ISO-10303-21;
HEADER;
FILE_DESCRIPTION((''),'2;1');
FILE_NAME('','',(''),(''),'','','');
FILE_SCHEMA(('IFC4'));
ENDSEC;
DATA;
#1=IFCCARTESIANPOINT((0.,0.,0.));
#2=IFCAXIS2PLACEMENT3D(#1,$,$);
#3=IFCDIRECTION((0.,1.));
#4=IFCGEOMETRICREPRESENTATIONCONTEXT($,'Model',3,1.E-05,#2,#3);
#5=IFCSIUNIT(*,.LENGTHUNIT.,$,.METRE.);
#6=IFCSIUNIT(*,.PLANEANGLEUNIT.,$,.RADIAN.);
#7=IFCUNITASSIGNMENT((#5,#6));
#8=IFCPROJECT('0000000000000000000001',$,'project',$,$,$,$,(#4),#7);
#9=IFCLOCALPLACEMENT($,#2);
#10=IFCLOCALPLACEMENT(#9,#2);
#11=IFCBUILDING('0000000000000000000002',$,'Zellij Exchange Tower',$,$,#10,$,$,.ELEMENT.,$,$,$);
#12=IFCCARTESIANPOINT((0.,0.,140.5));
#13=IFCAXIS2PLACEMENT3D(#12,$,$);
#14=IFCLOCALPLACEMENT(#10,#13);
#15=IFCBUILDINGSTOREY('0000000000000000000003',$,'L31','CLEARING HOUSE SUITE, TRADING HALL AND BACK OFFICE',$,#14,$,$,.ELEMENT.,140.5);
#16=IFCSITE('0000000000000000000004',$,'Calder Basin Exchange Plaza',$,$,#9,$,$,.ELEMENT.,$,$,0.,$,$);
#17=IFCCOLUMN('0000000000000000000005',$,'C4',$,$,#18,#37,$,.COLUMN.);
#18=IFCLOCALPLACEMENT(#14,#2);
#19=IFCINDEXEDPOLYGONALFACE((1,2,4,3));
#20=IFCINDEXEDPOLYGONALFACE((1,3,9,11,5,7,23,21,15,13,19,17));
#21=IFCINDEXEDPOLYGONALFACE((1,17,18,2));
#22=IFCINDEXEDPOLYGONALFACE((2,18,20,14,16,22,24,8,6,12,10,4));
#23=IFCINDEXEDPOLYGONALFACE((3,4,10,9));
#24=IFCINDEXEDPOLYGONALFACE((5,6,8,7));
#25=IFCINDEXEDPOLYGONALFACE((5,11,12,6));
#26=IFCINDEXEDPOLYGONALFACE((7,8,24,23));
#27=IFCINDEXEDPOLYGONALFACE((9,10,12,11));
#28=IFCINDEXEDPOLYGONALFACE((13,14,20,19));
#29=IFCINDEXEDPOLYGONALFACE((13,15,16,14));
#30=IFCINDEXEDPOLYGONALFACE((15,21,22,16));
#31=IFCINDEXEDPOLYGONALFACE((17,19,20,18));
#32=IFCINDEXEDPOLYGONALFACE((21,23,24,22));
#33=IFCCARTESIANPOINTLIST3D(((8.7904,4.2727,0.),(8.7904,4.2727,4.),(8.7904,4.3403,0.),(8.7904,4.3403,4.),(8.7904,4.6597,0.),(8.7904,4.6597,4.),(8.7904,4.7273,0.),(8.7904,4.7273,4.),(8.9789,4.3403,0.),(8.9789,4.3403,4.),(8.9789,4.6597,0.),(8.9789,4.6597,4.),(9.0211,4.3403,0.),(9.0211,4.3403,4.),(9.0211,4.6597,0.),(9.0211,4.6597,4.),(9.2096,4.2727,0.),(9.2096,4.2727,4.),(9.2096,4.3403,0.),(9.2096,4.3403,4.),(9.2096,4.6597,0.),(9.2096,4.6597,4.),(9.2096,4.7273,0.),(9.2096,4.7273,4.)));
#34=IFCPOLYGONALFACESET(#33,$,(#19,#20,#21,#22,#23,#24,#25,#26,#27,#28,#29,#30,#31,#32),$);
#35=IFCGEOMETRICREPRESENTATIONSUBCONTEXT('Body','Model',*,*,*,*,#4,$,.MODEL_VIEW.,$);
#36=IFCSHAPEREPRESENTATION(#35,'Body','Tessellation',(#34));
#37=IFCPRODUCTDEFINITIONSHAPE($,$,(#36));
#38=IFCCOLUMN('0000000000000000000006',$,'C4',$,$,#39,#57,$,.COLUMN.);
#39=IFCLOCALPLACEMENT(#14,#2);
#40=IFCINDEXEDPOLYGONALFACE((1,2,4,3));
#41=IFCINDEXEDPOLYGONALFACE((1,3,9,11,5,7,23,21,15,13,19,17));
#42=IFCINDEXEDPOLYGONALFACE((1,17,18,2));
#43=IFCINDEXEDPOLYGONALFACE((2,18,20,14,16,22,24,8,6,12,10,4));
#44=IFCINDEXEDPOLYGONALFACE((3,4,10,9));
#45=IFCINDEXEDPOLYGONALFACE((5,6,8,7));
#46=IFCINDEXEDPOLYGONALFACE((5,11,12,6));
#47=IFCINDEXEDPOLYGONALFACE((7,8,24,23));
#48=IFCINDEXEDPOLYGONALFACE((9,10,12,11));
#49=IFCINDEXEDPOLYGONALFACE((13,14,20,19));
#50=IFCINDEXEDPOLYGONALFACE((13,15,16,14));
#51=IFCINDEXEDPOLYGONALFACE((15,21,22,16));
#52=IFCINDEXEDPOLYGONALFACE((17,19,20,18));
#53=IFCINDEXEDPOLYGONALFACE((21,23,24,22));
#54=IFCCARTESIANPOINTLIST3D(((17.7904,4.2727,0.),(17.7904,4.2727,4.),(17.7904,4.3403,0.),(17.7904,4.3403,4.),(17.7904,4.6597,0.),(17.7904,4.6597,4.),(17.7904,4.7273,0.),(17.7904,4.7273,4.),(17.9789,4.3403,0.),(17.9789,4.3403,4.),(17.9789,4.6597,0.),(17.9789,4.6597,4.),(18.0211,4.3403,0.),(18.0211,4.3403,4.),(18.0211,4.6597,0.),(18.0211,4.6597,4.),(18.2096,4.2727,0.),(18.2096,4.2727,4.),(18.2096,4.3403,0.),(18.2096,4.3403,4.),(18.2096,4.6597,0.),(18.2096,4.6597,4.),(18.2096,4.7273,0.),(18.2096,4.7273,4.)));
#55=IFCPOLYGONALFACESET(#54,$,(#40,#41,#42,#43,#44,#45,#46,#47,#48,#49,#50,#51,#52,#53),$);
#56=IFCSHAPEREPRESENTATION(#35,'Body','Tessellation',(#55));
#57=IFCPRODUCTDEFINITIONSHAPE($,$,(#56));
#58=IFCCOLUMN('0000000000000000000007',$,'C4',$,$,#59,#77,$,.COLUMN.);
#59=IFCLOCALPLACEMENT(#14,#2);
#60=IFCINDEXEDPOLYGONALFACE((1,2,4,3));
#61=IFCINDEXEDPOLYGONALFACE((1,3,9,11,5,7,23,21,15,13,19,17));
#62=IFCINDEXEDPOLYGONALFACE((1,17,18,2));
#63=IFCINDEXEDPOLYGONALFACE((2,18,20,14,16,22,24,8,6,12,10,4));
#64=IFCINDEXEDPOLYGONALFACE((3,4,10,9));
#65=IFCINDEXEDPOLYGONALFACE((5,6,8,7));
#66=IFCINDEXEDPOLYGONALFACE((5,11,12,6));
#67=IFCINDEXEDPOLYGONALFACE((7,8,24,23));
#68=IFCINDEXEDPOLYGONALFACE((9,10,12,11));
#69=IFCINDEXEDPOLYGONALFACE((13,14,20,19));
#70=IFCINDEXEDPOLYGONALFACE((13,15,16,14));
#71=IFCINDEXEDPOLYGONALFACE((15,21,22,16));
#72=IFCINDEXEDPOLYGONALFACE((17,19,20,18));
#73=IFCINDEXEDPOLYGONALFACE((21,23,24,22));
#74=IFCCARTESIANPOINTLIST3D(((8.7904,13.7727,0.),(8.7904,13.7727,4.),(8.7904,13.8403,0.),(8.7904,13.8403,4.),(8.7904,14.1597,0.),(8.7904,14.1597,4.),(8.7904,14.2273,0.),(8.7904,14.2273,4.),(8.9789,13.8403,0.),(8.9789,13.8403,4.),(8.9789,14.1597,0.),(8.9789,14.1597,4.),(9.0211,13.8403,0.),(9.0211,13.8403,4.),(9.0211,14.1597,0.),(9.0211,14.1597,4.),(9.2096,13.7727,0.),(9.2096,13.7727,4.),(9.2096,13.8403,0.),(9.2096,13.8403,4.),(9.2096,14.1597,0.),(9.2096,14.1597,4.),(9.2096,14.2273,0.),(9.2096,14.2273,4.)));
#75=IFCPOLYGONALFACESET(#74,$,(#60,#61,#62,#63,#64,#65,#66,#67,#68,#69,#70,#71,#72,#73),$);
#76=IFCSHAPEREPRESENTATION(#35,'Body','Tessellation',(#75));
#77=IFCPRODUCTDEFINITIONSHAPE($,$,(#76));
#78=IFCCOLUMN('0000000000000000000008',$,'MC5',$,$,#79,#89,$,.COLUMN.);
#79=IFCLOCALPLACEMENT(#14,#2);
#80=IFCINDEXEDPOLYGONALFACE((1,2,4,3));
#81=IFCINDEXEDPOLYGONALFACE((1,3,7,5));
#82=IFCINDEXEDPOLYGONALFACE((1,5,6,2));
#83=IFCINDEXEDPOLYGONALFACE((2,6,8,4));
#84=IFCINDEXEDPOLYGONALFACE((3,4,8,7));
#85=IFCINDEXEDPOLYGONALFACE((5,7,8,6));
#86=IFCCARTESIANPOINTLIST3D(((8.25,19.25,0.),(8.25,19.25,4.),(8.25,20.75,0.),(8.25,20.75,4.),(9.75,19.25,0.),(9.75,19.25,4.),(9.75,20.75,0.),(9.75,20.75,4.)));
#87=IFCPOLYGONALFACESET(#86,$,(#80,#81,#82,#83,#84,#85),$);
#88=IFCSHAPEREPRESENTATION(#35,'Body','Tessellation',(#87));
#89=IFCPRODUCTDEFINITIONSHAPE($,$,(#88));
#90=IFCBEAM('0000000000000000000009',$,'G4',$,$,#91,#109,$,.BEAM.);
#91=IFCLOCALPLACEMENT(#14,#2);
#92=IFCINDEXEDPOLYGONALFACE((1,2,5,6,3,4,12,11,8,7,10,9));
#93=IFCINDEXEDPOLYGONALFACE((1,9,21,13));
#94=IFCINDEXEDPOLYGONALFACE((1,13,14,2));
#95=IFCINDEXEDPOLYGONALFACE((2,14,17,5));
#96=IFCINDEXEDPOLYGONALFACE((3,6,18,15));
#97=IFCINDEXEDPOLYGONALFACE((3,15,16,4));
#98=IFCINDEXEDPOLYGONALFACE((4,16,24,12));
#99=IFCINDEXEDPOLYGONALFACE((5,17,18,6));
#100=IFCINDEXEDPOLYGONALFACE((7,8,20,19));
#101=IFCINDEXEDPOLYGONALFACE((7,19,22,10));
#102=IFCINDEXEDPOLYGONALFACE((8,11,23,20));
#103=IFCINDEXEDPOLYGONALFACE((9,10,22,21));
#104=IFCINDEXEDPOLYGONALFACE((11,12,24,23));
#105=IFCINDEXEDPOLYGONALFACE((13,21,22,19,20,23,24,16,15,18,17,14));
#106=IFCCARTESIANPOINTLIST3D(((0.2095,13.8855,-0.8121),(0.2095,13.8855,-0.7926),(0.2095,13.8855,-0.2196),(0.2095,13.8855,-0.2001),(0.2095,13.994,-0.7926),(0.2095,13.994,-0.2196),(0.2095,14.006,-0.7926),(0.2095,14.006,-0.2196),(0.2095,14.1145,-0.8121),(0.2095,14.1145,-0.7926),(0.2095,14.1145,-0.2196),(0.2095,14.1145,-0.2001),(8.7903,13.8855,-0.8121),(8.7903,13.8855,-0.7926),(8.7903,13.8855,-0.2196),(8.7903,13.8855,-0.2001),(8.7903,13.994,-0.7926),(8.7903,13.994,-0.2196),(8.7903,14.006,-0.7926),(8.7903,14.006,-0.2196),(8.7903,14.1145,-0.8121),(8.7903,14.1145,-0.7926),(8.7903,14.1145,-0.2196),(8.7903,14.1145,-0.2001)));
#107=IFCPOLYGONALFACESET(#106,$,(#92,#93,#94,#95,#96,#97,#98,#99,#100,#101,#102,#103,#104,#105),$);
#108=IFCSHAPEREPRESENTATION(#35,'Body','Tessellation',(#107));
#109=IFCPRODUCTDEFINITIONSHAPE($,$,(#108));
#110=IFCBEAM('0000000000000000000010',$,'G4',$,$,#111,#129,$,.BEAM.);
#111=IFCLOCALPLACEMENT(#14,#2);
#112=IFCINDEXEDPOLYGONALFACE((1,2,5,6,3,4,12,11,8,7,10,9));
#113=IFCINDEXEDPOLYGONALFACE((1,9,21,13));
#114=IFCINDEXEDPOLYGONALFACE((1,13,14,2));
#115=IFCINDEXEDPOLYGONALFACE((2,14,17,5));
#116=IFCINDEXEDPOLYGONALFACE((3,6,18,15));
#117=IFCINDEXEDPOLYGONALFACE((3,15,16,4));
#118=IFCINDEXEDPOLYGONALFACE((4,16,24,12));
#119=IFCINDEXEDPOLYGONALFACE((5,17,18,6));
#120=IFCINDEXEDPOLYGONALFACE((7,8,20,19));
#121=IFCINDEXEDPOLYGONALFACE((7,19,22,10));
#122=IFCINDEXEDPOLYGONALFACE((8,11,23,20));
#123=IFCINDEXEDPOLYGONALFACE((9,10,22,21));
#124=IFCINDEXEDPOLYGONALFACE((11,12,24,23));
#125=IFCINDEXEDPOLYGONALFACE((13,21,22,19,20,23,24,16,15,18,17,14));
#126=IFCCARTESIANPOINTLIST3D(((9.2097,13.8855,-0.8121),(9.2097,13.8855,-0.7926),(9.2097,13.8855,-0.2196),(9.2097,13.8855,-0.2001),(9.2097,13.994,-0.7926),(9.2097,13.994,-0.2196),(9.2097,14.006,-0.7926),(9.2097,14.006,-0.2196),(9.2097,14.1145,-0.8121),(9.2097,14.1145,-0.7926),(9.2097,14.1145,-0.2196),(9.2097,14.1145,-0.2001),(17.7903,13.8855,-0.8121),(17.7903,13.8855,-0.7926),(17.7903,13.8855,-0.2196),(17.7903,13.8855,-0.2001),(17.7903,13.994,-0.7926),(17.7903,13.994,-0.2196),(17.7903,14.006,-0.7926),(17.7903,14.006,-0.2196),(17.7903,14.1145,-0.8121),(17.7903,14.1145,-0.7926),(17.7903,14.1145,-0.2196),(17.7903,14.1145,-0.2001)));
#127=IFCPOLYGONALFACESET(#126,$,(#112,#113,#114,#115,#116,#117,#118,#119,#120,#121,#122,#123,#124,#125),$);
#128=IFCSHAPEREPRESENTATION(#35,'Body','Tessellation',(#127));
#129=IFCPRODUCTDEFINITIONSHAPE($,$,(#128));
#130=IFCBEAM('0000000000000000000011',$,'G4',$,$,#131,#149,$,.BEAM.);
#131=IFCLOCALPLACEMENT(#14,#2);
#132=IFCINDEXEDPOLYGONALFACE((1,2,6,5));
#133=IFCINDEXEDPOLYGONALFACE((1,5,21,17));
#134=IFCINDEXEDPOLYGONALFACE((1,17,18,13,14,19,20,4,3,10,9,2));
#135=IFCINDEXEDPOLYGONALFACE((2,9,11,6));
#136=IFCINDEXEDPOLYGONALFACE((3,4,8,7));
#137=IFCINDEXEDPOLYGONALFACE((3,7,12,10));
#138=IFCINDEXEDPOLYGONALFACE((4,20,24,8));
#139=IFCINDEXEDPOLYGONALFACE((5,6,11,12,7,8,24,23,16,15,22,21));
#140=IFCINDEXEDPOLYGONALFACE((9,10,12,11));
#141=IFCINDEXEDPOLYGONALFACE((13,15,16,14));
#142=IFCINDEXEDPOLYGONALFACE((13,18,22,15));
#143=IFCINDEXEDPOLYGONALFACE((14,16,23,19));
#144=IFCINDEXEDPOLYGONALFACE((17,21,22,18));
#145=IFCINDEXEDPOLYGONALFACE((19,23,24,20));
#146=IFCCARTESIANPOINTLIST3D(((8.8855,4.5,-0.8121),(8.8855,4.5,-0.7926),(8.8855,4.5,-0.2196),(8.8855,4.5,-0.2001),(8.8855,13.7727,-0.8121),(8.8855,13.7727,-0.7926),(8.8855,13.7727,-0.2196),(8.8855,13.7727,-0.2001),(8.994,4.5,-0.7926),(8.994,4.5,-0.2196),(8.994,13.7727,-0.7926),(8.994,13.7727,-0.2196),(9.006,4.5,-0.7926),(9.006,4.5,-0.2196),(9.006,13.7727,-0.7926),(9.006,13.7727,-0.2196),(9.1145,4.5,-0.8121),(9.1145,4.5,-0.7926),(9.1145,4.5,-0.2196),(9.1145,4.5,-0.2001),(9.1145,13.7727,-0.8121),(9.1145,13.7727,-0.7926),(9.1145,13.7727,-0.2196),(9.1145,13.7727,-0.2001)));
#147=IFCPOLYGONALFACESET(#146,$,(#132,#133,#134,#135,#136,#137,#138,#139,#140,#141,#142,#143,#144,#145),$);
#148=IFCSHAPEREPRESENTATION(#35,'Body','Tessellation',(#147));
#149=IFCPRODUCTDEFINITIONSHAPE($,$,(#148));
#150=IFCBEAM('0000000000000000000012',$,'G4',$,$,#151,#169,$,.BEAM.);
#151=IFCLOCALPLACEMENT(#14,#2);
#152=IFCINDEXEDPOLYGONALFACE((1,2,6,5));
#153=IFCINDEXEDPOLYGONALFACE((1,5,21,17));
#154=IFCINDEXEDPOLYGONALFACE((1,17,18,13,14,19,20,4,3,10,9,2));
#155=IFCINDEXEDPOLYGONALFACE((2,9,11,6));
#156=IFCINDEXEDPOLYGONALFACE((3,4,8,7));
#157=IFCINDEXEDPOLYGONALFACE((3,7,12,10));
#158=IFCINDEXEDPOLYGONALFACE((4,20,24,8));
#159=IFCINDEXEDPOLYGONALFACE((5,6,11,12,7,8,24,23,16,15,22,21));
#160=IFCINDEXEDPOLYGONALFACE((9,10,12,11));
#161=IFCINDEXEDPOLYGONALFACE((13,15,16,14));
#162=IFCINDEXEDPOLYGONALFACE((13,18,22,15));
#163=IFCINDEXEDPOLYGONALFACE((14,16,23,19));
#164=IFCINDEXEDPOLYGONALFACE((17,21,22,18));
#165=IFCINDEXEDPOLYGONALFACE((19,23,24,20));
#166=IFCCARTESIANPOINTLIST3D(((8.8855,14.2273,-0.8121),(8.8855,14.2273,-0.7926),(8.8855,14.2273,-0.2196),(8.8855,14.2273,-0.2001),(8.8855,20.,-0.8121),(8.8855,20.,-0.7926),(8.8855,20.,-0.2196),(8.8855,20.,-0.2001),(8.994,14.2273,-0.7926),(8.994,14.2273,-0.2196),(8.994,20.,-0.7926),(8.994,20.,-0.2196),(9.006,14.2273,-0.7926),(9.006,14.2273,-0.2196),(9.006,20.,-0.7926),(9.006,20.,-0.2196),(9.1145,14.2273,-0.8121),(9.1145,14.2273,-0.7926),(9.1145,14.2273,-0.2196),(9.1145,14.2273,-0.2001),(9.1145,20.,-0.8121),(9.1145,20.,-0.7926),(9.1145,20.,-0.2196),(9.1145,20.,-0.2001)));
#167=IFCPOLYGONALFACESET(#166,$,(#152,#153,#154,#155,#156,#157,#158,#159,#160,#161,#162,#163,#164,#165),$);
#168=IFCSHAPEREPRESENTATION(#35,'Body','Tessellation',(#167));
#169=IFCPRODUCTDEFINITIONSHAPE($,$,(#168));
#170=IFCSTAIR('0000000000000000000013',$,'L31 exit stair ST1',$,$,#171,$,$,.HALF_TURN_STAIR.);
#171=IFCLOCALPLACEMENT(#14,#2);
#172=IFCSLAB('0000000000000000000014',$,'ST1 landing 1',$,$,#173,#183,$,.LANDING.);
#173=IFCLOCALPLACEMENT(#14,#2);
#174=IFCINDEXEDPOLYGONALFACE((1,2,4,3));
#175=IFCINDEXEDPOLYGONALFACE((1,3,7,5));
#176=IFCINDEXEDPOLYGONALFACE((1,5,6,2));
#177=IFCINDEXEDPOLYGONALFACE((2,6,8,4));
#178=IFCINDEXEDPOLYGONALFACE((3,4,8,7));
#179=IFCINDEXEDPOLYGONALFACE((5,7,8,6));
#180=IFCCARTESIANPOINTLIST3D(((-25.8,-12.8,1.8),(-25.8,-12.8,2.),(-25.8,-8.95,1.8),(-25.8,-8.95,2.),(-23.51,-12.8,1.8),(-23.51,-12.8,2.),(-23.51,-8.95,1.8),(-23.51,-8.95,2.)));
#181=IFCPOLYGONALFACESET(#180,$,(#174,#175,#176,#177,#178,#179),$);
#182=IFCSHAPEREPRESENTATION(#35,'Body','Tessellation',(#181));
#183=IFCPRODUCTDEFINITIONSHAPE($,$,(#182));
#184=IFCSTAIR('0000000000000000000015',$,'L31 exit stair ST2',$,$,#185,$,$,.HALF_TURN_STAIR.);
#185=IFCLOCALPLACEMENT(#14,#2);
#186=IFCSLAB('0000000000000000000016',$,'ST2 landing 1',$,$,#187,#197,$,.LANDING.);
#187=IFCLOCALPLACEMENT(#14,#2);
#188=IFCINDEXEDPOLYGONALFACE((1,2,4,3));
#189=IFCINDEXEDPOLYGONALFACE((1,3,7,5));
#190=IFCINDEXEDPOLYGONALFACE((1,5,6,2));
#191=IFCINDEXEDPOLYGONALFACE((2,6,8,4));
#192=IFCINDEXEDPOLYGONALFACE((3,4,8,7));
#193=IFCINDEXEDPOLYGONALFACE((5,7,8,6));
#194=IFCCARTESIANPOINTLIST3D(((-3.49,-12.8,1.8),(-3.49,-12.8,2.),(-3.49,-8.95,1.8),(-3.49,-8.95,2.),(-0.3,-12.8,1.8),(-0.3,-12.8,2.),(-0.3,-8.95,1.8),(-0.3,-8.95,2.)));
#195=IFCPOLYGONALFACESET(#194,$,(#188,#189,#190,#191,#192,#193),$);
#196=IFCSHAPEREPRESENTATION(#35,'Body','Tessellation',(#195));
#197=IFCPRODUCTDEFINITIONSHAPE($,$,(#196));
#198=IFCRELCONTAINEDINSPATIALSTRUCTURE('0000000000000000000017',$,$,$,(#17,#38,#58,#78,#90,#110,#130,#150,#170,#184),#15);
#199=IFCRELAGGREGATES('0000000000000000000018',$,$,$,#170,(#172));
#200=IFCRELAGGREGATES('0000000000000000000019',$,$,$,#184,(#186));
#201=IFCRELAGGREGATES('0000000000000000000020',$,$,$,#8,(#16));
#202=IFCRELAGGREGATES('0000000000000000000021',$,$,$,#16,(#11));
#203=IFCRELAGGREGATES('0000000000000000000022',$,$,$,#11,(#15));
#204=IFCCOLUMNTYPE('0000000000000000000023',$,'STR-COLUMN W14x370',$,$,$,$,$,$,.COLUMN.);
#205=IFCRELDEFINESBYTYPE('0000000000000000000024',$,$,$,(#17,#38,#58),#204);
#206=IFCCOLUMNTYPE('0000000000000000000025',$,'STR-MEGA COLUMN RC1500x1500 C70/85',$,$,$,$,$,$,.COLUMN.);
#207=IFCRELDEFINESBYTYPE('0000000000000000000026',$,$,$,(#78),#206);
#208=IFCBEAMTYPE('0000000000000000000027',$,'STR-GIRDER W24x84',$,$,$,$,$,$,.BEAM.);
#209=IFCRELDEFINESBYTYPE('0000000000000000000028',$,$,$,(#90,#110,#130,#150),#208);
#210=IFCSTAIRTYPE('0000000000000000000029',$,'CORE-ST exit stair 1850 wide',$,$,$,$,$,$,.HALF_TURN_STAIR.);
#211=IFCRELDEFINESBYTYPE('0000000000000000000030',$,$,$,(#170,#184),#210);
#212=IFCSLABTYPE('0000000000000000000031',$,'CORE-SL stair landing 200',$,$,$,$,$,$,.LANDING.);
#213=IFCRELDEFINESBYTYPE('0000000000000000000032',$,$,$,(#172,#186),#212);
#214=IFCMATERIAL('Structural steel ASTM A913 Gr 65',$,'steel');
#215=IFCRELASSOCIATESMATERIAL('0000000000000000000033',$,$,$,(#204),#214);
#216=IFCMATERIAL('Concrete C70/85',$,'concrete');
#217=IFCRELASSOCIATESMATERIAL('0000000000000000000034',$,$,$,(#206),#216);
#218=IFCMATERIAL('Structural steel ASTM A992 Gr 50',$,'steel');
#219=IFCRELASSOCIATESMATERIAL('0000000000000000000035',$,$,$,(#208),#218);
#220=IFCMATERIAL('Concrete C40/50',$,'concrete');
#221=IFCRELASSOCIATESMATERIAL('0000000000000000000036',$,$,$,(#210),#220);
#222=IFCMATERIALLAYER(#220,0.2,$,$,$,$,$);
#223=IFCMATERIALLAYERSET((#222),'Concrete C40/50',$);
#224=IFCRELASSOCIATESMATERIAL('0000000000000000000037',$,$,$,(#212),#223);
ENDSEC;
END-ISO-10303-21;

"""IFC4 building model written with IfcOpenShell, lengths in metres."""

from ifc_helpers import new_model, si_unit, direction, frame, origin, origin_2d, place, context, subcontext, project, spatial, polyline, rectangle, i_section, outline, extrude, material, layer, layer_set, material_profile, profile_set, type_object, element, aggregate, save


model = new_model("IFC4")

# Units and contexts
model_context = context("Model", 3, precision=1e-05, world=origin(), true_north=direction((0.0, 1.0)))
body_context = subcontext(model_context, "Body", "Model", "MODEL_VIEW")
ifc_project = project(units=[si_unit("LENGTHUNIT", "METRE"), si_unit("PLANEANGLEUNIT", "RADIAN")], contexts=[model_context])

# Site, building, storey
site_placement = place(None, origin())
site = spatial("IfcSite", under=ifc_project, at=site_placement, Name="Calder Basin Exchange Plaza", CompositionType="ELEMENT", RefElevation=0.0)
building_placement = place(site_placement, origin())
building = spatial("IfcBuilding", under=site, at=building_placement, Name="Zellij Exchange Tower", CompositionType="ELEMENT")
storey_placement = place(building_placement, frame((0.0, 0.0, 140.5)))
storey = spatial("IfcBuildingStorey", under=building, at=storey_placement, Name="L31", Description="CLEARING HOUSE SUITE, TRADING HALL AND BACK OFFICE", CompositionType="ELEMENT", Elevation=140.5)

# Columns
ifc_material_1 = material(Name="Structural steel ASTM A913 Gr 65", Category="steel")
ifc_material_profile_1 = material_profile(ifc_material_1, i_section(OverallWidth=0.4192, OverallDepth=0.4546, WebThickness=0.0422, FlangeThickness=0.0676, at=origin_2d()), Name="W14x370")
ifc_profile_set_1 = profile_set([ifc_material_profile_1], Name="Structural steel ASTM A913 Gr 65")
column_type_1 = type_object("IfcColumnType", Name="STR-COLUMN W14x370", PredefinedType="COLUMN", material=ifc_profile_set_1)
for number, where, z_axis, x_axis, name in (
    (1, (9.0, 4.5, 0.0), (0.0, 0.0, 1.0), (1.0, 0.0, 0.0), "C4"),
    (2, (18.0, 4.5, 0.0), (0.0, 0.0, 1.0), (1.0, 0.0, 0.0), "C4"),
    (3, (9.0, 14.0, 0.0), (0.0, 0.0, 1.0), (1.0, 0.0, 0.0), "C4"),
):
    element("IfcColumn", number, at=place(storey_placement, frame(where, z_axis=z_axis, x_axis=x_axis)), inside=storey, type_object=column_type_1, Name=name, PredefinedType="COLUMN", context=body_context, shape_type="SweptSolid", body=[
        extrude(i_section(OverallWidth=0.4192, OverallDepth=0.4546, WebThickness=0.0422, FlangeThickness=0.0676, at=origin_2d()), origin(), (0.0, 0.0, 1.0), 4.0),
    ])
ifc_material_2 = material(Name="Concrete C70/85", Category="concrete")
ifc_material_profile_2 = material_profile(ifc_material_2, rectangle(XDim=1.5, YDim=1.5, at=origin_2d()), Name="STR-MEGA COLUMN RC1500x1500 C70/85")
ifc_profile_set_2 = profile_set([ifc_material_profile_2], Name="Concrete C70/85")
column_type_2 = type_object("IfcColumnType", Name="STR-MEGA COLUMN RC1500x1500 C70/85", PredefinedType="COLUMN", material=ifc_profile_set_2)
column_placement = place(storey_placement, frame((9.0, 20.0, 0.0), z_axis=(0.0, 0.0, 1.0), x_axis=(1.0, 0.0, 0.0)))
element("IfcColumn", 4, at=column_placement, inside=storey, type_object=column_type_2, Name="MC5", PredefinedType="COLUMN", context=body_context, shape_type="SweptSolid", body=[
    extrude(rectangle(XDim=1.5, YDim=1.5, at=origin_2d()), origin(), (0.0, 0.0, 1.0), 4.0),
])

# Beams
ifc_material_3 = material(Name="Structural steel ASTM A992 Gr 50", Category="steel")
ifc_material_profile_3 = material_profile(ifc_material_3, i_section(OverallWidth=0.229, OverallDepth=0.6121, WebThickness=0.012, FlangeThickness=0.0195, at=origin_2d()), Name="W24x84")
ifc_profile_set_3 = profile_set([ifc_material_profile_3], Name="Structural steel ASTM A992 Gr 50")
beam_type = type_object("IfcBeamType", Name="STR-GIRDER W24x84", PredefinedType="BEAM", material=ifc_profile_set_3)
beam_1_placement = place(storey_placement, frame((0.2095, 14.0, -0.5061), z_axis=(1.0, 0.0, 0.0), x_axis=(0.0, 1.0, 0.0)))
element("IfcBeam", 5, at=beam_1_placement, inside=storey, type_object=beam_type, Name="G4", PredefinedType="BEAM", context=body_context, shape_type="SweptSolid", body=[
    extrude(i_section(OverallWidth=0.229, OverallDepth=0.6121, WebThickness=0.012, FlangeThickness=0.0195, at=origin_2d()), origin(), (0.0, 0.0, 1.0), 8.5808),
])
beam_2_placement = place(storey_placement, frame((9.2097, 14.0, -0.5061), z_axis=(1.0, 0.0, 0.0), x_axis=(0.0, 1.0, 0.0)))
element("IfcBeam", 6, at=beam_2_placement, inside=storey, type_object=beam_type, Name="G4", PredefinedType="BEAM", context=body_context, shape_type="SweptSolid", body=[
    extrude(i_section(OverallWidth=0.229, OverallDepth=0.6121, WebThickness=0.012, FlangeThickness=0.0195, at=origin_2d()), origin(), (0.0, 0.0, 1.0), 8.5806),
])
beam_3_placement = place(storey_placement, frame((9.0, 4.5, -0.5061), z_axis=(0.0, 1.0, 0.0), x_axis=(-1.0, 0.0, 0.0)))
element("IfcBeam", 7, at=beam_3_placement, inside=storey, type_object=beam_type, Name="G4", PredefinedType="BEAM", context=body_context, shape_type="SweptSolid", body=[
    extrude(i_section(OverallWidth=0.229, OverallDepth=0.6121, WebThickness=0.012, FlangeThickness=0.0195, at=origin_2d()), origin(), (0.0, 0.0, 1.0), 9.2727),
])
beam_4_placement = place(storey_placement, frame((9.0, 14.2273, -0.5061), z_axis=(0.0, 1.0, 0.0), x_axis=(-1.0, 0.0, 0.0)))
element("IfcBeam", 8, at=beam_4_placement, inside=storey, type_object=beam_type, Name="G4", PredefinedType="BEAM", context=body_context, shape_type="SweptSolid", body=[
    extrude(i_section(OverallWidth=0.229, OverallDepth=0.6121, WebThickness=0.012, FlangeThickness=0.0195, at=origin_2d()), origin(), (0.0, 0.0, 1.0), 5.7727),
])

# Stairs, slabs
ifc_material_4 = material(Name="Concrete C40/50", Category="concrete")
stair_type = type_object("IfcStairType", Name="CORE-ST exit stair 1850 wide", PredefinedType="HALF_TURN_STAIR", material=ifc_material_4)
stair_1_placement = place(storey_placement, origin())
stair_1 = element("IfcStair", 9, at=stair_1_placement, inside=storey, type_object=stair_type, Name="L31 exit stair ST1", PredefinedType="HALF_TURN_STAIR")
ifc_layer_1 = layer(ifc_material_4, 0.2)
ifc_layer_set_1 = layer_set([ifc_layer_1], Name="Concrete C40/50")
slab_type = type_object("IfcSlabType", Name="CORE-SL stair landing 200", PredefinedType="LANDING", material=ifc_layer_set_1)
slab_1_placement = place(storey_placement, frame((0.0, 0.0, 1.8)))
slab_1 = element("IfcSlab", 10, at=slab_1_placement, type_object=slab_type, Name="ST1 landing 1", PredefinedType="LANDING", context=body_context, shape_type="SweptSolid", body=[
    extrude(outline(polyline([(-23.51, -8.95), (-25.8, -8.95), (-25.8, -12.8), (-23.51, -12.8), (-23.51, -8.95)])), origin(), (0.0, 0.0, 1.0), 0.2),
])
aggregate(stair_1, [slab_1])
stair_2_placement = place(storey_placement, origin())
stair_2 = element("IfcStair", 11, at=stair_2_placement, inside=storey, type_object=stair_type, Name="L31 exit stair ST2", PredefinedType="HALF_TURN_STAIR")
slab_2_placement = place(storey_placement, frame((0.0, 0.0, 1.8)))
slab_2 = element("IfcSlab", 12, at=slab_2_placement, type_object=slab_type, Name="ST2 landing 1", PredefinedType="LANDING", context=body_context, shape_type="SweptSolid", body=[
    extrude(outline(polyline([(-3.49, -12.8), (-0.3, -12.8), (-0.3, -8.95), (-3.49, -8.95), (-3.49, -12.8)])), origin(), (0.0, 0.0, 1.0), 0.2),
])
aggregate(stair_2, [slab_2])

save(model, "model.ifc")
